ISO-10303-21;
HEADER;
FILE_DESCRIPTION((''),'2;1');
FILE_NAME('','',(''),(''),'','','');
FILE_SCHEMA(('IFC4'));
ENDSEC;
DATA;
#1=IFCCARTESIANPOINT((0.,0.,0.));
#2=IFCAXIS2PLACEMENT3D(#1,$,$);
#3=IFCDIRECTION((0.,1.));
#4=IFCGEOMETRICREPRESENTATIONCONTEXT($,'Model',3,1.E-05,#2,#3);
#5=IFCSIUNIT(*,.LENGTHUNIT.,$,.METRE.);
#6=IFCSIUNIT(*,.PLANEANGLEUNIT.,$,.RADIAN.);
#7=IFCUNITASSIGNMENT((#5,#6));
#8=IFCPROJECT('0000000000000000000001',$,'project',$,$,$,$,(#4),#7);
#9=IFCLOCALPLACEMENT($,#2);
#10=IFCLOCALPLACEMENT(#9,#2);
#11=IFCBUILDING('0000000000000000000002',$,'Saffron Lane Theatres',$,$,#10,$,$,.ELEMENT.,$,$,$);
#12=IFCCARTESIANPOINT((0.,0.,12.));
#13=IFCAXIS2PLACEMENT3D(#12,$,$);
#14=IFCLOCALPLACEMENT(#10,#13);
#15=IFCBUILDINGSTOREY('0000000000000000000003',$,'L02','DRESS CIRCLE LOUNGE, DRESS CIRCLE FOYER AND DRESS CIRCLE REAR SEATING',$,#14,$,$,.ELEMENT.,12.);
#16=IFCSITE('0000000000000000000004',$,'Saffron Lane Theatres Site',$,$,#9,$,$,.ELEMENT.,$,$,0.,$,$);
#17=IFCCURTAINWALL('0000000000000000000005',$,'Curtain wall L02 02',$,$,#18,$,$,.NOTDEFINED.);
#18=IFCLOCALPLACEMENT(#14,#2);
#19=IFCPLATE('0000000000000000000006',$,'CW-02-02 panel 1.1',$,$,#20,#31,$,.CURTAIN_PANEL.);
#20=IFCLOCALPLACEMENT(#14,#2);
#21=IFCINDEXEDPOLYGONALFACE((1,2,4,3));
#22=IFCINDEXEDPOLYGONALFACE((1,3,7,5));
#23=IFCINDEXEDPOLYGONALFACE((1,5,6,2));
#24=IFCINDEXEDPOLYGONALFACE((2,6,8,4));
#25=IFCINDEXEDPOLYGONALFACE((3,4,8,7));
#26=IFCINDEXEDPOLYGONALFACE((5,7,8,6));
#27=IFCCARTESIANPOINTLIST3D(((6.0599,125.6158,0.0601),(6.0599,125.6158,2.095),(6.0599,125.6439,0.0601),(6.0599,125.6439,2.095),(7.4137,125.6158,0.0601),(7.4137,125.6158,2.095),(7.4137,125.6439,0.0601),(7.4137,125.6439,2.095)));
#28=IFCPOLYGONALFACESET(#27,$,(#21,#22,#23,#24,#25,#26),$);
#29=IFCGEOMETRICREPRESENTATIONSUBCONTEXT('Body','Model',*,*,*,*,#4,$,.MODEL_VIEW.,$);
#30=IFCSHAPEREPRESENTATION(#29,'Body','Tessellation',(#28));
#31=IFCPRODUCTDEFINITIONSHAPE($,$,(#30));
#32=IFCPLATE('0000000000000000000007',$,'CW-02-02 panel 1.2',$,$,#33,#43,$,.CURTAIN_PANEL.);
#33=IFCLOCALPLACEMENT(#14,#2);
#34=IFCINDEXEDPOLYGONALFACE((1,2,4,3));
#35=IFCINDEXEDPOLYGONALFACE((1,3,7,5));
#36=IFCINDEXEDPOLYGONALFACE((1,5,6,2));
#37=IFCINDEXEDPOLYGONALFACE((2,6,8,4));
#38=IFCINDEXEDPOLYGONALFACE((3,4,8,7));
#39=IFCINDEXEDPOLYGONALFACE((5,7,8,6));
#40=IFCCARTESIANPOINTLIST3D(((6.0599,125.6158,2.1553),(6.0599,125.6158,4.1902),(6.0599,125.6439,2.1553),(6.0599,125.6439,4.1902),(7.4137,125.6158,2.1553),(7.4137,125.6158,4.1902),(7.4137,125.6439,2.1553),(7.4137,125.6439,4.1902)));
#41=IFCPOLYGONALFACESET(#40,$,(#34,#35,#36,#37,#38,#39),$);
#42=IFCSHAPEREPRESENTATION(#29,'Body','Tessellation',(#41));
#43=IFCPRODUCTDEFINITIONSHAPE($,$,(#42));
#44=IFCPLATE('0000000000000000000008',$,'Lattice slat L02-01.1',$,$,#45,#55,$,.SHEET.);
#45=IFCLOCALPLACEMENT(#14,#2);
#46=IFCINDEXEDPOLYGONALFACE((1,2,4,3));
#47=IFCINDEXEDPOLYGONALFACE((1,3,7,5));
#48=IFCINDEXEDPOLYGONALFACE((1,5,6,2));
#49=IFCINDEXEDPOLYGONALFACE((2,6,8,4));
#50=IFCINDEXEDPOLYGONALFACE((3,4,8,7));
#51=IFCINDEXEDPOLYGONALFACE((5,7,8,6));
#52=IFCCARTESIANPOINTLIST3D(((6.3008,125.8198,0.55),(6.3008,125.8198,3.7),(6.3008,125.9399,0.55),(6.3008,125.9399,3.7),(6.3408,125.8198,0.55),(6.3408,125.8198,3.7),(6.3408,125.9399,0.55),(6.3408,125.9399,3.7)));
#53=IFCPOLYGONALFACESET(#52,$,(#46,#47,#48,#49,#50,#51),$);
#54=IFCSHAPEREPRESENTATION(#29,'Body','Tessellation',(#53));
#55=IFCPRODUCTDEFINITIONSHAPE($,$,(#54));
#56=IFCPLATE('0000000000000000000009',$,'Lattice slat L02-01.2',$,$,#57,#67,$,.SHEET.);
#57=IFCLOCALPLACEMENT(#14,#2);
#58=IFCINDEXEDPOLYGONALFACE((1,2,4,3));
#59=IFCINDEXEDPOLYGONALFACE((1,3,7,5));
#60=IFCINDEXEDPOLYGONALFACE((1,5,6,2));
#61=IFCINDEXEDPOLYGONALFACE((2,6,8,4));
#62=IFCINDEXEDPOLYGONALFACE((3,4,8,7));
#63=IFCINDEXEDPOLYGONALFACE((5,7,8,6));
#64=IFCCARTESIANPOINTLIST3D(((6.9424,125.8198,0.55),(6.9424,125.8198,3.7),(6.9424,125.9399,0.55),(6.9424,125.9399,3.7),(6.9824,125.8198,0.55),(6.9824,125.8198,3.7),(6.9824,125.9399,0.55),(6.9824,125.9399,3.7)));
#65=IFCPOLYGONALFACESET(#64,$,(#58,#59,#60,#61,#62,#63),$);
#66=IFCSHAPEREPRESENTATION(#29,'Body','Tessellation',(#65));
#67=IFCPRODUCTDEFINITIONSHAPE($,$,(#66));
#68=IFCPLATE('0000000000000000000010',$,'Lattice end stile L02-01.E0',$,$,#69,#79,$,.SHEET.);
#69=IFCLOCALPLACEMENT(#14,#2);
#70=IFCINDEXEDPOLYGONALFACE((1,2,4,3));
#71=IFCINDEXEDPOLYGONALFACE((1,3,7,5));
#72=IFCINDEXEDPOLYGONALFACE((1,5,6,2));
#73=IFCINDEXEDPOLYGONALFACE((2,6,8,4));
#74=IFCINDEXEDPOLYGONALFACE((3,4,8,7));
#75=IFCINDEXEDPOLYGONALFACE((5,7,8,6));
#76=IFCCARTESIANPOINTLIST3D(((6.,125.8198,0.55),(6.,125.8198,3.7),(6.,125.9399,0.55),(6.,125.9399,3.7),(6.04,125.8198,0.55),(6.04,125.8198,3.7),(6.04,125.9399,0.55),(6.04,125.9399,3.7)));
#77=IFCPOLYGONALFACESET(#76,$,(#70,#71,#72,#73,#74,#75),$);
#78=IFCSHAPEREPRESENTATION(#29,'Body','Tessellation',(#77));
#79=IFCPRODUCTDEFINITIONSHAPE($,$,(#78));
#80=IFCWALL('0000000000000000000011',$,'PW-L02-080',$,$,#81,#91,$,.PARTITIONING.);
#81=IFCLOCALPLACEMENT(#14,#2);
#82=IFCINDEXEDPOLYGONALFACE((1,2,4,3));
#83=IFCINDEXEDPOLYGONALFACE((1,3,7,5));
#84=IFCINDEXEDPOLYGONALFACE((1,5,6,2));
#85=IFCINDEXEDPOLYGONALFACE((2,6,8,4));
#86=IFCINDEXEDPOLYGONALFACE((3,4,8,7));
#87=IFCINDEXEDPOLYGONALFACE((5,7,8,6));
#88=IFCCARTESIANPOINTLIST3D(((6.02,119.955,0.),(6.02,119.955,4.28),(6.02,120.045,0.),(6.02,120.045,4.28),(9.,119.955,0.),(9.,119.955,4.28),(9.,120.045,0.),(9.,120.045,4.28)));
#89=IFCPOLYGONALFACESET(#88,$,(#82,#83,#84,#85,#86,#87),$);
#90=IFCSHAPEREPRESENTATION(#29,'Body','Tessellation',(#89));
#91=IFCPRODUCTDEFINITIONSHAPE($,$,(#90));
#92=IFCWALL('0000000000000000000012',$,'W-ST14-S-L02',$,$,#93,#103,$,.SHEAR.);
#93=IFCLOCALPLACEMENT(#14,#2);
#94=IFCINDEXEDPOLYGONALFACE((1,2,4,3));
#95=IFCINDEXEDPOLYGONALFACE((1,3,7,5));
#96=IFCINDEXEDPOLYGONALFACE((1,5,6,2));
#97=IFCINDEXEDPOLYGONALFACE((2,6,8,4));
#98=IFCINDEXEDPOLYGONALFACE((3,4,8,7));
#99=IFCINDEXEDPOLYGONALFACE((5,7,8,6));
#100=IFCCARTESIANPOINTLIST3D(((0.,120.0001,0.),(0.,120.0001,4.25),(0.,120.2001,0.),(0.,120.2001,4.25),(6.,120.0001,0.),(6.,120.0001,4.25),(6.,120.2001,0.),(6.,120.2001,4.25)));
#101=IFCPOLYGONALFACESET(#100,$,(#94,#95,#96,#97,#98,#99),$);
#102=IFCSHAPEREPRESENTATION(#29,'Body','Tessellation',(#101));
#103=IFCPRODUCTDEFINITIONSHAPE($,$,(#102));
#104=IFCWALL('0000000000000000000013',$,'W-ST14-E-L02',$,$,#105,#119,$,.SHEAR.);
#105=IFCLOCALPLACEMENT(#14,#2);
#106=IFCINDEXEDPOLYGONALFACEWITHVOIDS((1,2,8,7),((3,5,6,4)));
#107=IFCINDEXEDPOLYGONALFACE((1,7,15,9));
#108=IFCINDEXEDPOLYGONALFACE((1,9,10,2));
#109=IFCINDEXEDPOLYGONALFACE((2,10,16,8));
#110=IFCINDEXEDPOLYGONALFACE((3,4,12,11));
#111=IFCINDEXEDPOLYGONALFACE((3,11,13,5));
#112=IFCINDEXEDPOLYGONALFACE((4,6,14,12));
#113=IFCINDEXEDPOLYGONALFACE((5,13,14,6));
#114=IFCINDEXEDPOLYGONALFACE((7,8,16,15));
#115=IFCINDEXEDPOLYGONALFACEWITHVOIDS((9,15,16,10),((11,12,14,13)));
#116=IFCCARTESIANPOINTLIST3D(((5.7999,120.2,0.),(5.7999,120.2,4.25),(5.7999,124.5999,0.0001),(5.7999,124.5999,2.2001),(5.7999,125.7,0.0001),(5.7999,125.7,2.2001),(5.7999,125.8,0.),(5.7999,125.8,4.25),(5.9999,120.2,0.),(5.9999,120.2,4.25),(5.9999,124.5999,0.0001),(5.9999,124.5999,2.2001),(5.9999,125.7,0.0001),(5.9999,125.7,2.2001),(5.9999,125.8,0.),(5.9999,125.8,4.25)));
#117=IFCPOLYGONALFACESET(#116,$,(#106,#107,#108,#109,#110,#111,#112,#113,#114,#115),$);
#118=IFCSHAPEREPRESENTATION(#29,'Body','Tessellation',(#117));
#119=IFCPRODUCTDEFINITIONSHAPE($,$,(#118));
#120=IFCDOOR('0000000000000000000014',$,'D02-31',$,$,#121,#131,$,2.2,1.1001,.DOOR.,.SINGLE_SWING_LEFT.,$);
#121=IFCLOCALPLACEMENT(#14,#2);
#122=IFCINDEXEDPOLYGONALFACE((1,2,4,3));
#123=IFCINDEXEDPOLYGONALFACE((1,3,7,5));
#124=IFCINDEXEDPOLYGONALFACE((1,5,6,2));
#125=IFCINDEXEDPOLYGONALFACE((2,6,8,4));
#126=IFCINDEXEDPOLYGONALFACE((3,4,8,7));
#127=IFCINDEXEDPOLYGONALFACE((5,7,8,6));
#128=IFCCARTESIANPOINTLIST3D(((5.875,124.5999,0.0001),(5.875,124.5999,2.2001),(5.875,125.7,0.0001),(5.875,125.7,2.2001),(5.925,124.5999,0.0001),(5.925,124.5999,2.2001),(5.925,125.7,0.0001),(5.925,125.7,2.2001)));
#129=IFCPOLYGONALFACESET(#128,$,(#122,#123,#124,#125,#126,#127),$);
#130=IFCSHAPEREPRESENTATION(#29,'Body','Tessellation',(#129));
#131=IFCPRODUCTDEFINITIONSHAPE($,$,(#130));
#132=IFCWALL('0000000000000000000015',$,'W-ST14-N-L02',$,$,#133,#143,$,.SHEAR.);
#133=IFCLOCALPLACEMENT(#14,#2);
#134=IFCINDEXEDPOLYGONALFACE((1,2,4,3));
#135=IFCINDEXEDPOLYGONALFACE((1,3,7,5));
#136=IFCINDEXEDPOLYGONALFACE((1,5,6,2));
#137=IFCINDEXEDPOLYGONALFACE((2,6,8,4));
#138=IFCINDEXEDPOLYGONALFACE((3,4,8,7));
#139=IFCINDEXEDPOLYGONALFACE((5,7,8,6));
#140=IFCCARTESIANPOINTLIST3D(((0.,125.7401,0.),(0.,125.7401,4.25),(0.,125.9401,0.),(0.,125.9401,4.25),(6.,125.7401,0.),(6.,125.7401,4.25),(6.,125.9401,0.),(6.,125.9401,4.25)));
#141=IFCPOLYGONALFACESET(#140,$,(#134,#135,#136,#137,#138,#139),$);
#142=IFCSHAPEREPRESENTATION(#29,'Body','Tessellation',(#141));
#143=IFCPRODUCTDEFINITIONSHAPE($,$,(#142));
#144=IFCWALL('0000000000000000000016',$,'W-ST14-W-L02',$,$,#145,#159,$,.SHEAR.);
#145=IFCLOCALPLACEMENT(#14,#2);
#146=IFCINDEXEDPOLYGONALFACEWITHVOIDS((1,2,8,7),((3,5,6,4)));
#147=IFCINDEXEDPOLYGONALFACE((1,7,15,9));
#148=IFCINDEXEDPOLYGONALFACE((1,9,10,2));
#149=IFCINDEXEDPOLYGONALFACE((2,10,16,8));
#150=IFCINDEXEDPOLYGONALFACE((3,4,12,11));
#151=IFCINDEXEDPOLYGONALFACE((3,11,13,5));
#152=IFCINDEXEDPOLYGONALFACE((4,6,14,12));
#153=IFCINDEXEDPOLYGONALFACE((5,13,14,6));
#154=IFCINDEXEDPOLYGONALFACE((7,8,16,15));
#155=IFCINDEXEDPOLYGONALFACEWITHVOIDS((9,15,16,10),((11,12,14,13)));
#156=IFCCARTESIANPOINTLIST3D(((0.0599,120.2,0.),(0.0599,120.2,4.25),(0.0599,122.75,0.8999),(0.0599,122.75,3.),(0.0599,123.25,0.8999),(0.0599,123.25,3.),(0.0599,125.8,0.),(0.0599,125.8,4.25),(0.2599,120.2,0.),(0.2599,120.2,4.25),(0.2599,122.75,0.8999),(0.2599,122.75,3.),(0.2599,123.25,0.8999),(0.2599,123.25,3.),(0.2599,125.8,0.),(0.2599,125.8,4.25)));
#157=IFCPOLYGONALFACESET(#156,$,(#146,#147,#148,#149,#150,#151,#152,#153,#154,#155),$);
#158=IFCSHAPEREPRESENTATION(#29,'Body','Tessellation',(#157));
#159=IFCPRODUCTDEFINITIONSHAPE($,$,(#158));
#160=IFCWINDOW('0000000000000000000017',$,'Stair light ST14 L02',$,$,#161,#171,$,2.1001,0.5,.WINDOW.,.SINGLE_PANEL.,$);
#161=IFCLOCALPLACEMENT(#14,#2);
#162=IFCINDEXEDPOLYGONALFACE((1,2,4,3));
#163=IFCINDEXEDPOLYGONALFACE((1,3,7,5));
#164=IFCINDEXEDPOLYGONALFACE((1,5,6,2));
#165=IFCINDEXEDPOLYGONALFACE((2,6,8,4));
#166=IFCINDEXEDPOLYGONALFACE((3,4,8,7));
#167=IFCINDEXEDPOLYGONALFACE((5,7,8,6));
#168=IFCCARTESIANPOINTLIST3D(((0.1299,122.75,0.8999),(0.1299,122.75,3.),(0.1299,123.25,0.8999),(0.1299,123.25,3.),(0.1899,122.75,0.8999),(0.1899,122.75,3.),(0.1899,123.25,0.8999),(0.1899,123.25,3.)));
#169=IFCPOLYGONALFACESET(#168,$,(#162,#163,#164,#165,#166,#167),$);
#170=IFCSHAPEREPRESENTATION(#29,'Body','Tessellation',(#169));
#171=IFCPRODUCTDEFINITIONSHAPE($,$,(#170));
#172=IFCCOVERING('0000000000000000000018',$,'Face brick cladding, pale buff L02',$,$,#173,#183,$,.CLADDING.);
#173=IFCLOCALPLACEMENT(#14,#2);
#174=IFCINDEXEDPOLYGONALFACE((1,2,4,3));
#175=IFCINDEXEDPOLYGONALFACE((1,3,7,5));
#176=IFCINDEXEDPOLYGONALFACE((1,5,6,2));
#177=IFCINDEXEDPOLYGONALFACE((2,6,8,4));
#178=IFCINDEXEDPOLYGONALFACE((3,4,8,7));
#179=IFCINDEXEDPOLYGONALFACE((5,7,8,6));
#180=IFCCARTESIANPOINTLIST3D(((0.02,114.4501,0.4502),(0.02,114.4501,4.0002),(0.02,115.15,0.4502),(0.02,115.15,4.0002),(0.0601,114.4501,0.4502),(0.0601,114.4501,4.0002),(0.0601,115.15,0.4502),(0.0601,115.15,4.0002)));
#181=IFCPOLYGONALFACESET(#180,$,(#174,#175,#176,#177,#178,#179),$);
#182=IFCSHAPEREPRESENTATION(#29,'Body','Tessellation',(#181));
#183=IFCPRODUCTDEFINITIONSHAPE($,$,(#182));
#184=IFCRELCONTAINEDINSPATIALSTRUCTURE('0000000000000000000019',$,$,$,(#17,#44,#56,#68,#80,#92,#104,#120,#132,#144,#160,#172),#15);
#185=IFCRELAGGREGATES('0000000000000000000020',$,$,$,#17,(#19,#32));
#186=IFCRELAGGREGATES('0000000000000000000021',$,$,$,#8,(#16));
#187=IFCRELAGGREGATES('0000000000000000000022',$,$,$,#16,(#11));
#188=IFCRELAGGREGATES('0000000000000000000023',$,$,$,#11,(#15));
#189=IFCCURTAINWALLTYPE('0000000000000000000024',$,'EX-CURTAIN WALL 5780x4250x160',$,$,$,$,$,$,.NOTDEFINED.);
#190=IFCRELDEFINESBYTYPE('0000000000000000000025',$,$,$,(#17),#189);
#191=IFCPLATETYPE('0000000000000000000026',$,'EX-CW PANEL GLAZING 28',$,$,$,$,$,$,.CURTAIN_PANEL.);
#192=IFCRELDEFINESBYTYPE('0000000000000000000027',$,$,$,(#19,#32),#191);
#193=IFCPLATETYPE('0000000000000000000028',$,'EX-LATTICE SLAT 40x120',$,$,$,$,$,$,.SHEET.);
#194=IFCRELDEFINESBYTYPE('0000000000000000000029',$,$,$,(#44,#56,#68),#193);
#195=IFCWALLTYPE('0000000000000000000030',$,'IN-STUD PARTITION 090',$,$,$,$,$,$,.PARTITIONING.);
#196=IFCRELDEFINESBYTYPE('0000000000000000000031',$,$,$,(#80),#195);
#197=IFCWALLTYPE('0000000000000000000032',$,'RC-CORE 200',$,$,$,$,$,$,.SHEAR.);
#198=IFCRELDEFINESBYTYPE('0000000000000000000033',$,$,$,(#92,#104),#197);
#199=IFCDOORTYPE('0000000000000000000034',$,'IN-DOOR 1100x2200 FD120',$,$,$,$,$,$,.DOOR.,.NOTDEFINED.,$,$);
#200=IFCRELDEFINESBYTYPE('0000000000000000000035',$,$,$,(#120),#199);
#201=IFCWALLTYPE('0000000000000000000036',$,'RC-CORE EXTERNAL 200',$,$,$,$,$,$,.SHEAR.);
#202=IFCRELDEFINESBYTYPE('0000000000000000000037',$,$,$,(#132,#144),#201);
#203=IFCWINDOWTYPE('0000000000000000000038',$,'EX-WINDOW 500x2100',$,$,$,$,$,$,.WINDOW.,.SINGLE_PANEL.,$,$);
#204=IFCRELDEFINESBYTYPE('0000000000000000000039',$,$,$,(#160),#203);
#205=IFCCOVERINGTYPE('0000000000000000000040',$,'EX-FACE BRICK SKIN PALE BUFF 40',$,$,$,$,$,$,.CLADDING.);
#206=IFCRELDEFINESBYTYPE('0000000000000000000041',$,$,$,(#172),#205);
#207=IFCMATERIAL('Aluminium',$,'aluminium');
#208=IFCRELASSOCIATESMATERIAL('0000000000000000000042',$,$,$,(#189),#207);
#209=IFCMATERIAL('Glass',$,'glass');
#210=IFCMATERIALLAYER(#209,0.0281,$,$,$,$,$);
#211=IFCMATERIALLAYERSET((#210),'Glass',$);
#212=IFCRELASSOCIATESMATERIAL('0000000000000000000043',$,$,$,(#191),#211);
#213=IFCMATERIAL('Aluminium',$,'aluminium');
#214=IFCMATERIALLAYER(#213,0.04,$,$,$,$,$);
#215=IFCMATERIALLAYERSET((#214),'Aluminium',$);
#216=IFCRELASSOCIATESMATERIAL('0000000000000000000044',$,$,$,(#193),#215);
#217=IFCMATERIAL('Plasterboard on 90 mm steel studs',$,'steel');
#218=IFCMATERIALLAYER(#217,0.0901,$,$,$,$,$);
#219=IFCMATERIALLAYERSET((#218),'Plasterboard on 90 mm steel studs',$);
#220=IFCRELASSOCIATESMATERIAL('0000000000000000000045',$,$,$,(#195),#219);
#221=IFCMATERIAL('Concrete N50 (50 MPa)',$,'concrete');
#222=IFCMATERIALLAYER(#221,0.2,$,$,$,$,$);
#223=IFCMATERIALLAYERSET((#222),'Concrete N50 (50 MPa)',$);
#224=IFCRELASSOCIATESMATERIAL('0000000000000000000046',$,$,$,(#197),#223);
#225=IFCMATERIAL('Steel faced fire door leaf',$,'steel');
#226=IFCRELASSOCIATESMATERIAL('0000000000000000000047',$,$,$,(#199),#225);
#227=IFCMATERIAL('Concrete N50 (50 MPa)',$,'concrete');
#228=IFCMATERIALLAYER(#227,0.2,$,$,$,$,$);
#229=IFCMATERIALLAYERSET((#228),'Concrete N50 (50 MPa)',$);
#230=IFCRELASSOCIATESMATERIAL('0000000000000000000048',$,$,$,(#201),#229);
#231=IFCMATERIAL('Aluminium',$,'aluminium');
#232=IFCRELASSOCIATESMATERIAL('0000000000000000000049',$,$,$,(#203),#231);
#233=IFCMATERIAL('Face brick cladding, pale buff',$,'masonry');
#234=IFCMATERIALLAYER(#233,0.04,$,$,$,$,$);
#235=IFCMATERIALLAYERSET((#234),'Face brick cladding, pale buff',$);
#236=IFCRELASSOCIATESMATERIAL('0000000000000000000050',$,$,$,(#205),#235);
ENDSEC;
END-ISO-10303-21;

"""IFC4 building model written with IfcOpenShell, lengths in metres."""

from ifc_helpers import new_model, si_unit, direction, frame, frame_2d, origin, origin_2d, place, context, subcontext, project, spatial, rectangle, extrude, material, layer, layer_set, type_object, element, fill, aggregate, save


model = new_model("IFC4")

# Units and contexts
model_context = context("Model", 3, precision=1e-05, world=origin(), true_north=direction((0.0, 1.0)))
body_context = subcontext(model_context, "Body", "Model", "MODEL_VIEW")
ifc_project = project(units=[si_unit("LENGTHUNIT", "METRE"), si_unit("PLANEANGLEUNIT", "RADIAN")], contexts=[model_context])

# Site, building, storey
site_placement = place(None, origin())
site = spatial("IfcSite", under=ifc_project, at=site_placement, Name="Saffron Lane Theatres Site", CompositionType="ELEMENT", RefElevation=0.0)
building_placement = place(site_placement, origin())
building = spatial("IfcBuilding", under=site, at=building_placement, Name="Saffron Lane Theatres", CompositionType="ELEMENT")
storey_placement = place(building_placement, frame((0.0, 0.0, 12.0)))
storey = spatial("IfcBuildingStorey", under=building, at=storey_placement, Name="L02", Description="DRESS CIRCLE LOUNGE, DRESS CIRCLE FOYER AND DRESS CIRCLE REAR SEATING", CompositionType="ELEMENT", Elevation=12.0)

# Curtain wall
ifc_material_1 = material(Name="Aluminium", Category="aluminium")
curtain_wall_type = type_object("IfcCurtainWallType", Name="EX-CURTAIN WALL 5780x4250x160", PredefinedType="NOTDEFINED", material=ifc_material_1)
curtain_wall_placement = place(storey_placement, origin())
curtain_wall = element("IfcCurtainWall", 1, at=curtain_wall_placement, inside=storey, type_object=curtain_wall_type, Name="Curtain wall L02 02", PredefinedType="NOTDEFINED")

# Plates
ifc_material_2 = material(Name="Glass", Category="glass")
ifc_layer_1 = layer(ifc_material_2, 0.0281)
ifc_layer_set_1 = layer_set([ifc_layer_1], Name="Glass")
plate_type_1 = type_object("IfcPlateType", Name="EX-CW PANEL GLAZING 28", PredefinedType="CURTAIN_PANEL", material=ifc_layer_set_1)
plate_1_placement = place(storey_placement, frame((6.7368, 125.6299, 0.0601), z_axis=(0.0, 0.0, 1.0), x_axis=(1.0, 0.0, 0.0)))
plate_1 = element("IfcPlate", 2, at=plate_1_placement, type_object=plate_type_1, Name="CW-02-02 panel 1.1", PredefinedType="CURTAIN_PANEL", context=body_context, shape_type="SweptSolid", body=[
    extrude(rectangle(XDim=1.3538, YDim=0.0281, at=origin_2d()), origin(), (0.0, 0.0, 1.0), 2.0349),
])
plate_2_placement = place(storey_placement, frame((6.7368, 125.6299, 2.1553), z_axis=(0.0, 0.0, 1.0), x_axis=(1.0, 0.0, 0.0)))
plate_2 = element("IfcPlate", 3, at=plate_2_placement, type_object=plate_type_1, Name="CW-02-02 panel 1.2", PredefinedType="CURTAIN_PANEL", context=body_context, shape_type="SweptSolid", body=[
    extrude(rectangle(XDim=1.3538, YDim=0.0281, at=origin_2d()), origin(), (0.0, 0.0, 1.0), 2.0349),
])
aggregate(curtain_wall, [plate_1, plate_2])

# Plates
ifc_material_3 = material(Name="Aluminium", Category="aluminium")
ifc_layer_2 = layer(ifc_material_3, 0.04)
ifc_layer_set_2 = layer_set([ifc_layer_2], Name="Aluminium")
plate_type_2 = type_object("IfcPlateType", Name="EX-LATTICE SLAT 40x120", PredefinedType="SHEET", material=ifc_layer_set_2)
for number, where, z_axis, x_axis, name in (
    (4, (6.3208, 125.8799, 0.55), (0.0, 0.0, 1.0), (1.0, 0.0, 0.0), "Lattice slat L02-01.1"),
    (5, (6.9624, 125.8799, 0.55), (0.0, 0.0, 1.0), (1.0, 0.0, 0.0), "Lattice slat L02-01.2"),
    (6, (6.02, 125.8799, 0.55), (0.0, 0.0, 1.0), (1.0, 0.0, 0.0), "Lattice end stile L02-01.E0"),
):
    element("IfcPlate", number, at=place(storey_placement, frame(where, z_axis=z_axis, x_axis=x_axis)), inside=storey, type_object=plate_type_2, Name=name, PredefinedType="SHEET", context=body_context, shape_type="SweptSolid", body=[
        extrude(rectangle(XDim=0.04, YDim=0.1201, at=origin_2d()), origin(), (0.0, 0.0, 1.0), 3.1499),
    ])

# Walls
ifc_material_4 = material(Name="Plasterboard on 90 mm steel studs", Category="steel")
ifc_layer_3 = layer(ifc_material_4, 0.0901)
ifc_layer_set_3 = layer_set([ifc_layer_3], Name="Plasterboard on 90 mm steel studs")
wall_type_1 = type_object("IfcWallType", Name="IN-STUD PARTITION 090", PredefinedType="PARTITIONING", material=ifc_layer_set_3)
wall_1_placement = place(storey_placement, frame((6.02, 120.0, 0.0), z_axis=(0.0, 0.0, 1.0), x_axis=(1.0, 0.0, 0.0)))
element("IfcWall", 7, at=wall_1_placement, inside=storey, type_object=wall_type_1, Name="PW-L02-080", PredefinedType="PARTITIONING", context=body_context, shape_type="SweptSolid", body=[
    extrude(rectangle(XDim=2.98, YDim=0.0901, at=frame_2d((1.49, 0.0))), origin(), (0.0, 0.0, 1.0), 4.28),
])
ifc_material_5 = material(Name="Concrete N50 (50 MPa)", Category="concrete")
ifc_layer_4 = layer(ifc_material_5, 0.2)
ifc_layer_set_4 = layer_set([ifc_layer_4], Name="Concrete N50 (50 MPa)")
wall_type_2 = type_object("IfcWallType", Name="RC-CORE 200", PredefinedType="SHEAR", material=ifc_layer_set_4)
wall_2_placement = place(storey_placement, frame((0.0, 120.1001, 0.0), z_axis=(0.0, 0.0, 1.0), x_axis=(1.0, 0.0, 0.0)))
element("IfcWall", 8, at=wall_2_placement, inside=storey, type_object=wall_type_2, Name="W-ST14-S-L02", PredefinedType="SHEAR", context=body_context, shape_type="SweptSolid", body=[
    extrude(rectangle(XDim=6.0, YDim=0.2, at=frame_2d((3.0, 0.0))), origin(), (0.0, 0.0, 1.0), 4.25),
])

# Wall, opening, door
wall_3_placement = place(storey_placement, frame((5.8999, 120.2, 0.0), z_axis=(0.0, 0.0, 1.0), x_axis=(0.0, 1.0, 0.0)))
wall_3 = element("IfcWall", 9, at=wall_3_placement, inside=storey, type_object=wall_type_2, Name="W-ST14-E-L02", PredefinedType="SHEAR", context=body_context, shape_type="SweptSolid", body=[
    extrude(rectangle(XDim=5.6001, YDim=0.2, at=frame_2d((2.8, 0.0))), origin(), (0.0, 0.0, 1.0), 4.25),
])
opening_1_placement = place(wall_3_placement, frame((4.3999, 0.0, 0.0)))
opening_1 = element("IfcOpeningElement", 10, at=opening_1_placement, cuts=wall_3, PredefinedType="OPENING", context=body_context, shape_type="SweptSolid", body=[
    extrude(rectangle(XDim=1.1001, YDim=2.2, at=frame_2d((0.55, 1.1001))), frame((0.0, 0.1099, 0.0), z_axis=(0.0, -1.0, 0.0), x_axis=(1.0, 0.0, 0.0)), (0.0, 0.0, 1.0), 0.22),
])
ifc_material_6 = material(Name="Steel faced fire door leaf", Category="steel")
door_type = type_object("IfcDoorType", Name="IN-DOOR 1100x2200 FD120", OperationType="NOTDEFINED", PredefinedType="DOOR", material=ifc_material_6)
door_placement = place(opening_1_placement, origin())
door = element("IfcDoor", 11, at=door_placement, inside=storey, type_object=door_type, Name="D02-31", OperationType="SINGLE_SWING_LEFT", OverallHeight=2.2, OverallWidth=1.1001, PredefinedType="DOOR", context=body_context, shape_type="SweptSolid", body=[
    extrude(rectangle(XDim=1.1001, YDim=2.2, at=frame_2d((0.55, 1.1001))), frame((0.0, 0.0249, 0.0), z_axis=(0.0, -1.0, 0.0), x_axis=(1.0, 0.0, 0.0)), (0.0, 0.0, 1.0), 0.05),
])
fill(opening_1, door)

# Wall
ifc_material_7 = material(Name="Concrete N50 (50 MPa)", Category="concrete")
ifc_layer_5 = layer(ifc_material_7, 0.2)
ifc_layer_set_5 = layer_set([ifc_layer_5], Name="Concrete N50 (50 MPa)")
wall_type_3 = type_object("IfcWallType", Name="RC-CORE EXTERNAL 200", PredefinedType="SHEAR", material=ifc_layer_set_5)
wall_4_placement = place(storey_placement, frame((0.0, 125.8401, 0.0), z_axis=(0.0, 0.0, 1.0), x_axis=(1.0, 0.0, 0.0)))
element("IfcWall", 12, at=wall_4_placement, inside=storey, type_object=wall_type_3, Name="W-ST14-N-L02", PredefinedType="SHEAR", context=body_context, shape_type="SweptSolid", body=[
    extrude(rectangle(XDim=6.0, YDim=0.2, at=frame_2d((3.0, 0.0))), origin(), (0.0, 0.0, 1.0), 4.25),
])

# Wall, opening, window
wall_5_placement = place(storey_placement, frame((0.1599, 120.2, 0.0), z_axis=(0.0, 0.0, 1.0), x_axis=(0.0, 1.0, 0.0)))
wall_5 = element("IfcWall", 13, at=wall_5_placement, inside=storey, type_object=wall_type_3, Name="W-ST14-W-L02", PredefinedType="SHEAR", context=body_context, shape_type="SweptSolid", body=[
    extrude(rectangle(XDim=5.6001, YDim=0.2, at=frame_2d((2.8, 0.0))), origin(), (0.0, 0.0, 1.0), 4.25),
])
opening_2_placement = place(wall_5_placement, frame((2.55, 0.0, 0.8999)))
opening_2 = element("IfcOpeningElement", 14, at=opening_2_placement, cuts=wall_5, PredefinedType="OPENING", context=body_context, shape_type="SweptSolid", body=[
    extrude(rectangle(XDim=0.5, YDim=2.1001, at=frame_2d((0.25, 1.05))), frame((0.0, 0.1099, 0.0), z_axis=(0.0, -1.0, 0.0), x_axis=(1.0, 0.0, 0.0)), (0.0, 0.0, 1.0), 0.22),
])
ifc_material_8 = material(Name="Aluminium", Category="aluminium")
window_type = type_object("IfcWindowType", Name="EX-WINDOW 500x2100", PartitioningType="SINGLE_PANEL", PredefinedType="WINDOW", material=ifc_material_8)
window_placement = place(opening_2_placement, origin())
window = element("IfcWindow", 15, at=window_placement, inside=storey, type_object=window_type, Name="Stair light ST14 L02", OverallHeight=2.1001, OverallWidth=0.5, PartitioningType="SINGLE_PANEL", PredefinedType="WINDOW", context=body_context, shape_type="SweptSolid", body=[
    extrude(rectangle(XDim=0.5, YDim=2.1001, at=frame_2d((0.25, 1.05))), frame((0.0, 0.03, 0.0), z_axis=(0.0, -1.0, 0.0), x_axis=(1.0, 0.0, 0.0)), (0.0, 0.0, 1.0), 0.0601),
])
fill(opening_2, window)

# Covering
ifc_material_9 = material(Name="Face brick cladding, pale buff", Category="masonry")
ifc_layer_6 = layer(ifc_material_9, 0.04)
ifc_layer_set_6 = layer_set([ifc_layer_6], Name="Face brick cladding, pale buff")
covering_type_1 = type_object("IfcCoveringType", Name="EX-FACE BRICK SKIN PALE BUFF 40", PredefinedType="CLADDING", material=ifc_layer_set_6)
covering_1_placement = place(storey_placement, frame((0.04, 114.8, 0.4502), z_axis=(0.0, 0.0, 1.0), x_axis=(0.0, 1.0, 0.0)))
element("IfcCovering", 16, at=covering_1_placement, inside=storey, type_object=covering_type_1, Name="Face brick cladding, pale buff L02", PredefinedType="CLADDING", context=body_context, shape_type="SweptSolid", body=[
    extrude(rectangle(XDim=0.7, YDim=0.04, at=origin_2d()), origin(), (0.0, 0.0, 1.0), 3.55),
])

save(model, "model.ifc")
